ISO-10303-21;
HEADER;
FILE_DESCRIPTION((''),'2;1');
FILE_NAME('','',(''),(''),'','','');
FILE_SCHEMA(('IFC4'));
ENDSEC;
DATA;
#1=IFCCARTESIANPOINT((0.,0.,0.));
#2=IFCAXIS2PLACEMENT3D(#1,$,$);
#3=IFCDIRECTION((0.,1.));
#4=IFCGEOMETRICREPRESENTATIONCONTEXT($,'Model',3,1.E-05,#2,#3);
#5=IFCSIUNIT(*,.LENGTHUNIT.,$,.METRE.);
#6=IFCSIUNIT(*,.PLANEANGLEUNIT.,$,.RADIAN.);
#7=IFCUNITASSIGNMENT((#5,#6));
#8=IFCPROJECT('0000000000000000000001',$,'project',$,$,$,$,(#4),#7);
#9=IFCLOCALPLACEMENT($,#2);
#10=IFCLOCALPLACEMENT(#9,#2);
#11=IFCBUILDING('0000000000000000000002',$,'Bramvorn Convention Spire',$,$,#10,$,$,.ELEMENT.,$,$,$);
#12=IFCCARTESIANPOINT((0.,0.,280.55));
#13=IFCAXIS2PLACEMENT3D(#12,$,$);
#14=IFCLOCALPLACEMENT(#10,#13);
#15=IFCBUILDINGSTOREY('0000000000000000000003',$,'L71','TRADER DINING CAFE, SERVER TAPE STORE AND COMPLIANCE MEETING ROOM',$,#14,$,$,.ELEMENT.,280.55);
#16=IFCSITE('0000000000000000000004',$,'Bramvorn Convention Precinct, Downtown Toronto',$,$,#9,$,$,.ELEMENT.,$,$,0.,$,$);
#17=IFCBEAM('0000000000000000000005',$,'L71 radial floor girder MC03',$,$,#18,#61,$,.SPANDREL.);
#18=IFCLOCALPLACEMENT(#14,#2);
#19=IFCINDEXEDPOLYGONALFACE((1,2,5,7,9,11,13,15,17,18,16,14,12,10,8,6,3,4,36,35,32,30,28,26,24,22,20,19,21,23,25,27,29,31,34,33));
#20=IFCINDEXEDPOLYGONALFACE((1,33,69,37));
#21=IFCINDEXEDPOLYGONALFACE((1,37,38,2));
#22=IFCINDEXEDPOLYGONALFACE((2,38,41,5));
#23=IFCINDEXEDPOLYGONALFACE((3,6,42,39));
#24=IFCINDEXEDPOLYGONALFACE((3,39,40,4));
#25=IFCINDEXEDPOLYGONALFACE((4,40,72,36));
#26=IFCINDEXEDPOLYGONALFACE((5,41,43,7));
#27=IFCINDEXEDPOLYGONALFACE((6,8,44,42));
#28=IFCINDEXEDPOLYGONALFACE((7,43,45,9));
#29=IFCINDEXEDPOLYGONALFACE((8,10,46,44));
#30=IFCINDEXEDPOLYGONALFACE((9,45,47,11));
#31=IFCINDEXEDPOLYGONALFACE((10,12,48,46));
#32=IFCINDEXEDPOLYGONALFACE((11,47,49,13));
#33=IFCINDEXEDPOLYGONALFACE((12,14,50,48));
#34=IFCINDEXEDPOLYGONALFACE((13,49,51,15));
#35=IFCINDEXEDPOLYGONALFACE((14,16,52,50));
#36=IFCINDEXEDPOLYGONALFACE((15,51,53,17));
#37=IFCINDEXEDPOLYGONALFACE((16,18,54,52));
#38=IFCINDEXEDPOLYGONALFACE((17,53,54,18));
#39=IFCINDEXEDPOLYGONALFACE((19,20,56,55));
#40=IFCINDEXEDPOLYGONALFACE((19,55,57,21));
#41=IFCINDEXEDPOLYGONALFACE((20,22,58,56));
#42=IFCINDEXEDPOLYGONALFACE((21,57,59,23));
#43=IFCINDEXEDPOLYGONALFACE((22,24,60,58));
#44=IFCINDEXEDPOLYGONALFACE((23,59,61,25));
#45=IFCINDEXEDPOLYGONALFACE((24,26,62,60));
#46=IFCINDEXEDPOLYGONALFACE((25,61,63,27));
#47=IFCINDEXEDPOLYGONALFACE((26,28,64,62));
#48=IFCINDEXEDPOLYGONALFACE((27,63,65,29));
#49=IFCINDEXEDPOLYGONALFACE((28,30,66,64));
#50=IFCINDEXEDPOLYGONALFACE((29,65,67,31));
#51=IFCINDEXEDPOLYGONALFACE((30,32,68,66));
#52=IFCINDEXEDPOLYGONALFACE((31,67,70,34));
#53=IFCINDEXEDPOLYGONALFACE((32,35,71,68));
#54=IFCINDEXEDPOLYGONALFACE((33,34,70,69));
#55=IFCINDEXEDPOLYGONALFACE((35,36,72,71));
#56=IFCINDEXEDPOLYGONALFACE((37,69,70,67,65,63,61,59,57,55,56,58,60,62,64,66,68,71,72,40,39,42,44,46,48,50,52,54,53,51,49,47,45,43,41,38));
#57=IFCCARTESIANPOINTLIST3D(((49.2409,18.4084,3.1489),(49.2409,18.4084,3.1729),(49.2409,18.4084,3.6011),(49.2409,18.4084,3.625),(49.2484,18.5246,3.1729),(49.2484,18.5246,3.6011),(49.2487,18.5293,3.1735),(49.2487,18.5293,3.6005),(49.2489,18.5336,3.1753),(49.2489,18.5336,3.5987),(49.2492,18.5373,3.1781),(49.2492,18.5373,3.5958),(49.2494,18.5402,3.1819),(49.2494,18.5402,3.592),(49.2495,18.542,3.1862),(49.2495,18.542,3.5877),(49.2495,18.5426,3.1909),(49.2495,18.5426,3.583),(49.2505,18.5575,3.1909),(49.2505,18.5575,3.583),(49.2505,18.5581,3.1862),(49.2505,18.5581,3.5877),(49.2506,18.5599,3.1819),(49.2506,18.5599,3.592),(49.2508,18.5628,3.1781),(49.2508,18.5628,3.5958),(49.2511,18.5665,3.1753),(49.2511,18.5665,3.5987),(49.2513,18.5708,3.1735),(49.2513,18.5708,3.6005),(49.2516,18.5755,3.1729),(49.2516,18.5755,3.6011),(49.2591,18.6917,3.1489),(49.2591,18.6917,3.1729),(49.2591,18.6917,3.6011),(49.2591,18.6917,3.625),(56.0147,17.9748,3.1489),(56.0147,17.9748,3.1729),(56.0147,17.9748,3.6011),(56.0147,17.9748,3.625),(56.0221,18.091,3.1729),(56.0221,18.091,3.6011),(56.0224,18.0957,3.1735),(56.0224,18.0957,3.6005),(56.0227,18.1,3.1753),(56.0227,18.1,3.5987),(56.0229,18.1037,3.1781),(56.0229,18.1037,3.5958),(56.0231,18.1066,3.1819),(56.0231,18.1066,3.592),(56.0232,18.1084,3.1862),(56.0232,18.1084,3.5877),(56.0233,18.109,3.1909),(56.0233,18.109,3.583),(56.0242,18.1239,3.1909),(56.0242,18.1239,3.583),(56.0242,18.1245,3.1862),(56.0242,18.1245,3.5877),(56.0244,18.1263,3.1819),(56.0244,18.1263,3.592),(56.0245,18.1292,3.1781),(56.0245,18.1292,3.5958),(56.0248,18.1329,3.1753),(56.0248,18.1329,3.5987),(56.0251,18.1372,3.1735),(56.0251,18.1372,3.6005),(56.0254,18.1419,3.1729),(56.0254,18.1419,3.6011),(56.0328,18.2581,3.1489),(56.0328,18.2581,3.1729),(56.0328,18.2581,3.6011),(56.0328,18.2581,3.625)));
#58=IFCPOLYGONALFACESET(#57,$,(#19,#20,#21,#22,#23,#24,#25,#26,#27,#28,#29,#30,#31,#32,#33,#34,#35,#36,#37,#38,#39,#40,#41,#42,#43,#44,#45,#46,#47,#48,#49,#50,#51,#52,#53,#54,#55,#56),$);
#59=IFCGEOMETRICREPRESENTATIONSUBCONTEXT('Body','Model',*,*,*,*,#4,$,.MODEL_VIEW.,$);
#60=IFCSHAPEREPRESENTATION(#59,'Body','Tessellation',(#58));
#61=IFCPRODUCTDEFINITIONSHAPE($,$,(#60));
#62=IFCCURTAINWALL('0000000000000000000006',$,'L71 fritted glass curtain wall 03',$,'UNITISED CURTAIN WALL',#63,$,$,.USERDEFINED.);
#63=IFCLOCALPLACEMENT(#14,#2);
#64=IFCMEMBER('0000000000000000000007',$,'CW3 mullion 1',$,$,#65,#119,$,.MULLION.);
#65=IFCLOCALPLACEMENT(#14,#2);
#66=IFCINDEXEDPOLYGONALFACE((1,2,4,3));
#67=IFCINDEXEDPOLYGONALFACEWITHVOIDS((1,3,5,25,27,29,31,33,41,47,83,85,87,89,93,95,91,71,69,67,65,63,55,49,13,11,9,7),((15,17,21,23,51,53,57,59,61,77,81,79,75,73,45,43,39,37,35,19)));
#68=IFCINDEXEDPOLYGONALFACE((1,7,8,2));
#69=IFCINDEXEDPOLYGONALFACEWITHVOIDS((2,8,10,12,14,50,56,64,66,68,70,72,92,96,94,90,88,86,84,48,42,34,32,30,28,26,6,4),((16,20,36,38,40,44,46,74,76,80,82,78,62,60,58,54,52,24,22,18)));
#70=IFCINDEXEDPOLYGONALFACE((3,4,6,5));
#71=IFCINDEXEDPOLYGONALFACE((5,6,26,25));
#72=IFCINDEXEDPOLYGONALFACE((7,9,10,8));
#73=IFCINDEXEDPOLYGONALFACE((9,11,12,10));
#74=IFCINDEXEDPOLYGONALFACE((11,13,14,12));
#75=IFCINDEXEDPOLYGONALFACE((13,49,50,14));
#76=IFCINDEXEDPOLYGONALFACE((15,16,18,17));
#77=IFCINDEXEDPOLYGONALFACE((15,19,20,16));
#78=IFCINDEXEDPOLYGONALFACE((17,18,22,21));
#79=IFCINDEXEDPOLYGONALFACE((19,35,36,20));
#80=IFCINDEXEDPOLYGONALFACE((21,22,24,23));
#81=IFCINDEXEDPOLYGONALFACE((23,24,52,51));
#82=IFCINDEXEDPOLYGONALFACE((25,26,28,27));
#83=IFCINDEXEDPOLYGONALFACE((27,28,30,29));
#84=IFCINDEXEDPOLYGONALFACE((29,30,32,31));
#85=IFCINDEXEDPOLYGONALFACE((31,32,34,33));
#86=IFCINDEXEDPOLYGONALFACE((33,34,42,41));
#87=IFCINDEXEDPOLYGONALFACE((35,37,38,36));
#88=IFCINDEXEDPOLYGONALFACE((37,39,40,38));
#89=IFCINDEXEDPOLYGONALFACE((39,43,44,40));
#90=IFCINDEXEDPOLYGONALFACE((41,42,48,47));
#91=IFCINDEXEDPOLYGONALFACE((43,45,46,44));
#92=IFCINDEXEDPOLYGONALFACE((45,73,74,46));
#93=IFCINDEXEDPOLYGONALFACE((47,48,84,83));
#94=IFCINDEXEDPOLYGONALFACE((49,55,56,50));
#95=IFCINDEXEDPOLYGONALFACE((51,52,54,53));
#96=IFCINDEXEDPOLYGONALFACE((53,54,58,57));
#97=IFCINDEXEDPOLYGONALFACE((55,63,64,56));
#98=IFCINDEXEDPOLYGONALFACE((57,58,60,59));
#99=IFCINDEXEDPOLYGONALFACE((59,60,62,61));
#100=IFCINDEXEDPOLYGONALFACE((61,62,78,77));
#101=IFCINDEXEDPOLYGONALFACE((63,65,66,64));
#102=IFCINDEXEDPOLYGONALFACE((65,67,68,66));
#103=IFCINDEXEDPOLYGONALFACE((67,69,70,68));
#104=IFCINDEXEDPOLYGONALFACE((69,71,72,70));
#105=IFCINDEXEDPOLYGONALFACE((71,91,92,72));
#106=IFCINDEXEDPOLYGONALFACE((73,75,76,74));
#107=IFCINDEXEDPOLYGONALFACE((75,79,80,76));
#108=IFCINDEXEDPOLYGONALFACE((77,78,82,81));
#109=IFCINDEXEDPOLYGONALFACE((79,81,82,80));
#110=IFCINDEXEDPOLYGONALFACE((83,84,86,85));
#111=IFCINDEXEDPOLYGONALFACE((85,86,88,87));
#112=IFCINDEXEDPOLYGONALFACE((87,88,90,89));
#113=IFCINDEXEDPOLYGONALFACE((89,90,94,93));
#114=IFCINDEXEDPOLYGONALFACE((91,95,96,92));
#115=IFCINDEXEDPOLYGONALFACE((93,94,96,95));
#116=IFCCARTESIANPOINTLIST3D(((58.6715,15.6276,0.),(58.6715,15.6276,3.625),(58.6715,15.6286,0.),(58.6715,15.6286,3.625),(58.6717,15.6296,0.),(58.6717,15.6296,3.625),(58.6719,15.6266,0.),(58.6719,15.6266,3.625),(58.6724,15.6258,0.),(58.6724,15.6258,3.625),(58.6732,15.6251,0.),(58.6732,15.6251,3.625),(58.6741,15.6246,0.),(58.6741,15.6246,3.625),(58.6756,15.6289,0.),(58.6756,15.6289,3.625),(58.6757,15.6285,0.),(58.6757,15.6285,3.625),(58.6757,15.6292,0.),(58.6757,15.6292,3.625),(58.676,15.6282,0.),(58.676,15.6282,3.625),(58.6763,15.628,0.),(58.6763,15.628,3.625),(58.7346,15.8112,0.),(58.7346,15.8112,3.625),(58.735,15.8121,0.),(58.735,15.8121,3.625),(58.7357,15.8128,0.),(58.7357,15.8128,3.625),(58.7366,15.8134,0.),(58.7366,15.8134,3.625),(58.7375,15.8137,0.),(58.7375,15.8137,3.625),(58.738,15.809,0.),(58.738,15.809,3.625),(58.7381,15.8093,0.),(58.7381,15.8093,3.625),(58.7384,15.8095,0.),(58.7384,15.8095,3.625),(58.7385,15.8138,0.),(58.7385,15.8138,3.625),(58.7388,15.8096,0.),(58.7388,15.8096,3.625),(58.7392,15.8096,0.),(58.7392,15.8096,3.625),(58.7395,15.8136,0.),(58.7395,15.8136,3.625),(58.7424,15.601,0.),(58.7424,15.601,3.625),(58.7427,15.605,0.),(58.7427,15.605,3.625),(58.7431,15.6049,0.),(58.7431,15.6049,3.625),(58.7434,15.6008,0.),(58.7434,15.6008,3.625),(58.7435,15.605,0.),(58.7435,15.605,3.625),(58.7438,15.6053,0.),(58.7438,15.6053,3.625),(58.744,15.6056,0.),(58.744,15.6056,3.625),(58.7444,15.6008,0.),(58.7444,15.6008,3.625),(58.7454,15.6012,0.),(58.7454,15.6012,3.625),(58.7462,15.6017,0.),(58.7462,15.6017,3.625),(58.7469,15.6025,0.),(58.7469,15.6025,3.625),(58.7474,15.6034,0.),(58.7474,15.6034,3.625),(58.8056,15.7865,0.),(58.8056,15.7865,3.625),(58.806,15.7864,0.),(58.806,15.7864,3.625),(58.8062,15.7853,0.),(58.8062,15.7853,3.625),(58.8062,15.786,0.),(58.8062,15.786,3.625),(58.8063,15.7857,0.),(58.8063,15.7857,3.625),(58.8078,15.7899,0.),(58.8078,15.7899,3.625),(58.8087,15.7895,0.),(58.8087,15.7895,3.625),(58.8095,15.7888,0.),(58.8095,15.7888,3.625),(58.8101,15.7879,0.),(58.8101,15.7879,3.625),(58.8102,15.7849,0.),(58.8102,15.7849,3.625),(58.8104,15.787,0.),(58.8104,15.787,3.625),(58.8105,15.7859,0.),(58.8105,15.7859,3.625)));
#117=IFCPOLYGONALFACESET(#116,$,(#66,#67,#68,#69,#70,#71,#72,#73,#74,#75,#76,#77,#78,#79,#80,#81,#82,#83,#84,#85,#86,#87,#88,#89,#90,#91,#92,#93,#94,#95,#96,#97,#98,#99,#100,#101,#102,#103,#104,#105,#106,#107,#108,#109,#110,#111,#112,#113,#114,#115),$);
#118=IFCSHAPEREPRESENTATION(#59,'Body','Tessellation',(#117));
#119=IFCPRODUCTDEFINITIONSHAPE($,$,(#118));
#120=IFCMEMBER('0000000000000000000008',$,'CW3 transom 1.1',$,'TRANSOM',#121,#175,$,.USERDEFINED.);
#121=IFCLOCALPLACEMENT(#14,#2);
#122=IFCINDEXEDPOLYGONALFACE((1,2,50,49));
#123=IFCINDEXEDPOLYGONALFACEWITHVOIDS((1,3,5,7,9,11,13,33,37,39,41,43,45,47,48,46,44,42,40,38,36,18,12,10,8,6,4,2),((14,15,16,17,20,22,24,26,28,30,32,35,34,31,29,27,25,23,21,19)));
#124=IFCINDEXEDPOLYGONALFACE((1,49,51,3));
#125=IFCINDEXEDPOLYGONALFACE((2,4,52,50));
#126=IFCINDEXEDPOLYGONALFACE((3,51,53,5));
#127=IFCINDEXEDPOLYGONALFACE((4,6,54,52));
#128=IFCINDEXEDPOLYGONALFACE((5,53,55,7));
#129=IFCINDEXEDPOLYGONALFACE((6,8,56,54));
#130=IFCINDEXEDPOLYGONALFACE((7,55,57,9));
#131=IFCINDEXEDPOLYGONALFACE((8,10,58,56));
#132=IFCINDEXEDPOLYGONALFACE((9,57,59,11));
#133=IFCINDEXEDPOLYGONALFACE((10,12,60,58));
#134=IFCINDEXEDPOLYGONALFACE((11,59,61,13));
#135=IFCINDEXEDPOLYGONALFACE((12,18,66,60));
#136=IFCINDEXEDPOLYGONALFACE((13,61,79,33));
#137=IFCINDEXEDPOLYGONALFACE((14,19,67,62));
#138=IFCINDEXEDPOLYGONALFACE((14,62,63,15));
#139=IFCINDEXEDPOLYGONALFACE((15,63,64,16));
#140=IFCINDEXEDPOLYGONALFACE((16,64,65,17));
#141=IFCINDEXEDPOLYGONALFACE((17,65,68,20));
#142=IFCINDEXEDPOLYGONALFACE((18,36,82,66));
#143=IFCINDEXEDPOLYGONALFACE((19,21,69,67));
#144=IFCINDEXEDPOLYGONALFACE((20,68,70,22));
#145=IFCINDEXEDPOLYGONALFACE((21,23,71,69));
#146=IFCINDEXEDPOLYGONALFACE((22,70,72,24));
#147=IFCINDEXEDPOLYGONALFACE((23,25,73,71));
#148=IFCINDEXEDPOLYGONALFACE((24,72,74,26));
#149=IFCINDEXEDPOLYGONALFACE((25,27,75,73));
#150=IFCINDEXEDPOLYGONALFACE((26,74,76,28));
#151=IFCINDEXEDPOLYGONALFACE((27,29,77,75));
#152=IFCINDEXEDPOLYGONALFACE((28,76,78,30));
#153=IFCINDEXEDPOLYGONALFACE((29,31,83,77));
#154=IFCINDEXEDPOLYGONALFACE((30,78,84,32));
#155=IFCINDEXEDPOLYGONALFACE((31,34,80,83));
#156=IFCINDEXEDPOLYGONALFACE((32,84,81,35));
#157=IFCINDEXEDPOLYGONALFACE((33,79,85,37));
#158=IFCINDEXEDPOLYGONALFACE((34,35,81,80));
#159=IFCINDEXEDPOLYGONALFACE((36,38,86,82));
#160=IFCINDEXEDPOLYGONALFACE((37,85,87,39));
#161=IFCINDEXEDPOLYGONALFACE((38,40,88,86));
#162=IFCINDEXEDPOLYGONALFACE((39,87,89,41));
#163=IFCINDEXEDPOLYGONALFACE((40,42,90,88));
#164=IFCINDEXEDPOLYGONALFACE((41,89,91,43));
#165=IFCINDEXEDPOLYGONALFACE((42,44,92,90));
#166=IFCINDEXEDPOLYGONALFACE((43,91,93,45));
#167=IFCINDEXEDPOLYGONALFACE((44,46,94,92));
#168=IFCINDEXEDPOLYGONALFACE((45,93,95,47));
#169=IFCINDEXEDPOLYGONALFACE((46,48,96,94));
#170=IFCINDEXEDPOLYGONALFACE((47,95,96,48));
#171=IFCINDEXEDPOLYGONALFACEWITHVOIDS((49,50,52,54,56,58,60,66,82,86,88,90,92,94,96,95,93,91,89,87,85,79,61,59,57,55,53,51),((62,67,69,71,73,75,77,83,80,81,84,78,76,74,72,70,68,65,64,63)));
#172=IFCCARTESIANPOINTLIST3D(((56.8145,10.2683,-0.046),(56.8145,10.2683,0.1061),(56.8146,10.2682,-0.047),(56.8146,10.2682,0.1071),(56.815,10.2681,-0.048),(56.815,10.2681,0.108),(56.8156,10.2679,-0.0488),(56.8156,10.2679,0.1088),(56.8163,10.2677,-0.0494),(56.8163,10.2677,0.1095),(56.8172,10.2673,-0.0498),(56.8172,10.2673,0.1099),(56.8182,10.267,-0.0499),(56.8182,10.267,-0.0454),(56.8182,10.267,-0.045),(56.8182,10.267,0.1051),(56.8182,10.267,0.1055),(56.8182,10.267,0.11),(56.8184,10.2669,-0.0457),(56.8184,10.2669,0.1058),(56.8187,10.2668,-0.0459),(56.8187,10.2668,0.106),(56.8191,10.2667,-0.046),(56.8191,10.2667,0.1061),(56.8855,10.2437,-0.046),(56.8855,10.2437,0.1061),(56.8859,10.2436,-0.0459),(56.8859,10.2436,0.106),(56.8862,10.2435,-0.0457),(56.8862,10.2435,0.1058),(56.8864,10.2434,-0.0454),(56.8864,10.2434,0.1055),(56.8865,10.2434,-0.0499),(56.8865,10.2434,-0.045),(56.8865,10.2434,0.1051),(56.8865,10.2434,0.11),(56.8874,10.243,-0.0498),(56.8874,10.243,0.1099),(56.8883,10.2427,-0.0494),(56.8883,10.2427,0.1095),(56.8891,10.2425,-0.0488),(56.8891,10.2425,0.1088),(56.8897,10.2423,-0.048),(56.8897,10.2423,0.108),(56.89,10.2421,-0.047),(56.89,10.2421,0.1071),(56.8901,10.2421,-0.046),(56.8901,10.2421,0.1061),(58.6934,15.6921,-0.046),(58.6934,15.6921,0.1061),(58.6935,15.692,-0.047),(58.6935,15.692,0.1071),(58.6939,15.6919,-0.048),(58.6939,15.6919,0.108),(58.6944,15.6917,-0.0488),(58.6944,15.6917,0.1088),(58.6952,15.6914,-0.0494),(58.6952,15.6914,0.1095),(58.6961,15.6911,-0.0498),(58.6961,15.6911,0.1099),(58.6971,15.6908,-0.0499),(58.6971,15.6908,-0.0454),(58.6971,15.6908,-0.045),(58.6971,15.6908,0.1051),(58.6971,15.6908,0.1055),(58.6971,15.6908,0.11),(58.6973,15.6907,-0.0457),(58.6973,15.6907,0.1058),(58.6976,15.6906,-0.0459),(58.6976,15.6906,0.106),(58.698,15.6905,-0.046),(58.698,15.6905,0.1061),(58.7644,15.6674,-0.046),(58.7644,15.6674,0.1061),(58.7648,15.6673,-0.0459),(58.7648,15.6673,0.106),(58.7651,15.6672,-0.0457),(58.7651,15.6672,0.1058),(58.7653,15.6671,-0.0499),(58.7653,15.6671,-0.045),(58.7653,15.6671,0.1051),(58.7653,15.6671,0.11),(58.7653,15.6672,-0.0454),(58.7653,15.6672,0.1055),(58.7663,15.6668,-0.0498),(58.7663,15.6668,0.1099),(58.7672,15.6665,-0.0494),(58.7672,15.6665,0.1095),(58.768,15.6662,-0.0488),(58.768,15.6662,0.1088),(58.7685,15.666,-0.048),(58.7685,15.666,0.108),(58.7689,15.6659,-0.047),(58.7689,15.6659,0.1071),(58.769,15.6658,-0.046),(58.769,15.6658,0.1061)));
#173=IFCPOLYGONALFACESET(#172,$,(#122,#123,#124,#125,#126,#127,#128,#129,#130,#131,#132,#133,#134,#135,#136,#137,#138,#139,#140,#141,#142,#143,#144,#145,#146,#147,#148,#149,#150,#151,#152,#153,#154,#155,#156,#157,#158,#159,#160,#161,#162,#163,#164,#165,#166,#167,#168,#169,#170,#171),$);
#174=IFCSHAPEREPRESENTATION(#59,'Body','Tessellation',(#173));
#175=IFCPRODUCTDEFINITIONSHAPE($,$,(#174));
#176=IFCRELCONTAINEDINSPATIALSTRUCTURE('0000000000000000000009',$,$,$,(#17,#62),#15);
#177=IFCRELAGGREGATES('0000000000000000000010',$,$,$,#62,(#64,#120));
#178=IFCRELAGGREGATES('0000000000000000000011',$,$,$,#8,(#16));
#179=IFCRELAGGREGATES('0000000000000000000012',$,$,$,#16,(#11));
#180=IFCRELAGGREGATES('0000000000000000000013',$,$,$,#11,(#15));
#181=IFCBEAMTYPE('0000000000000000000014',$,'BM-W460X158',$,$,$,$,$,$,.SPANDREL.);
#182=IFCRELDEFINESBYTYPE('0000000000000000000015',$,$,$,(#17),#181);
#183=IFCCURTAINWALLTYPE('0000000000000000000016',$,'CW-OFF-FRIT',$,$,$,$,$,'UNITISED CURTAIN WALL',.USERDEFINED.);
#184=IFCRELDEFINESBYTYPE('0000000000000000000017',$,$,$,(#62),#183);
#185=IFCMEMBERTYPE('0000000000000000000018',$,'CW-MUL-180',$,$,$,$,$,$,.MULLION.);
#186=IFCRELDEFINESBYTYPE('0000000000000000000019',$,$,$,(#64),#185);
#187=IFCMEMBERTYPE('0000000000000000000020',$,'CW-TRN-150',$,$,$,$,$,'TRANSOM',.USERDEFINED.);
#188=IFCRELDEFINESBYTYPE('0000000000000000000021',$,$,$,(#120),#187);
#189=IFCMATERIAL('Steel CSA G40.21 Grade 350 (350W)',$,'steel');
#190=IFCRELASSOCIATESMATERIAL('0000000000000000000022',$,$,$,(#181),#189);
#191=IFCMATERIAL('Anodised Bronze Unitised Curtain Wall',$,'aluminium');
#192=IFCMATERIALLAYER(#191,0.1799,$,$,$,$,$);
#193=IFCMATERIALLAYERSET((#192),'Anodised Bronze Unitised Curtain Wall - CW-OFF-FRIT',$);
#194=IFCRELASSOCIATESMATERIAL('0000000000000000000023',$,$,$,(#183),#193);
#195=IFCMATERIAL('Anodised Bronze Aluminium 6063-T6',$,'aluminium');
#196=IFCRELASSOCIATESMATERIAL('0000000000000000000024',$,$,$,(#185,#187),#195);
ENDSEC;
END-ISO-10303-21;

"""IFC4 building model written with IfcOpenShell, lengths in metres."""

from ifc_helpers import new_model, si_unit, direction, frame, origin, origin_2d, place, context, subcontext, project, spatial, hollow_rectangle, i_section, extrude, material, layer, layer_set, material_profile, profile_set, type_object, element, aggregate, save


model = new_model("IFC4")

# Units and contexts
model_context = context("Model", 3, precision=1e-05, world=origin(), true_north=direction((0.0, 1.0)))
body_context = subcontext(model_context, "Body", "Model", "MODEL_VIEW")
ifc_project = project(units=[si_unit("LENGTHUNIT", "METRE"), si_unit("PLANEANGLEUNIT", "RADIAN")], contexts=[model_context])

# Site, building, storey
site_placement = place(None, origin())
site = spatial("IfcSite", under=ifc_project, at=site_placement, Name="Bramvorn Convention Precinct, Downtown Toronto", CompositionType="ELEMENT", RefElevation=0.0)
building_placement = place(site_placement, origin())
building = spatial("IfcBuilding", under=site, at=building_placement, Name="Bramvorn Convention Spire", CompositionType="ELEMENT")
storey_placement = place(building_placement, frame((0.0, 0.0, 280.55)))
storey = spatial("IfcBuildingStorey", under=building, at=storey_placement, Name="L71", Description="TRADER DINING CAFE, SERVER TAPE STORE AND COMPLIANCE MEETING ROOM", CompositionType="ELEMENT", Elevation=280.55)

# Shared definitions
ifc_material_1 = material(Name="Steel CSA G40.21 Grade 350 (350W)", Category="steel")

# Beam
ifc_material_profile_1 = material_profile(ifc_material_1, i_section(OverallWidth=0.2839, OverallDepth=0.4761, WebThickness=0.0149, FlangeThickness=0.0239, FilletRadius=0.0181, at=origin_2d()))
ifc_profile_set_1 = profile_set([ifc_material_profile_1], Name="Steel CSA G40.21 Grade 350 (350W) - W460X158")
beam_type_1 = type_object("IfcBeamType", Name="BM-W460X158", PredefinedType="SPANDREL", material=ifc_profile_set_1)
beam_1_placement = place(storey_placement, frame((49.25, 18.55, 3.387), z_axis=(0.997958, -0.063881, 0.0), x_axis=(0.063881, 0.997958, 0.0)))
element("IfcBeam", 1, at=beam_1_placement, inside=storey, type_object=beam_type_1, Name="L71 radial floor girder MC03", PredefinedType="SPANDREL", context=body_context, shape_type="SweptSolid", body=[
    extrude(i_section(OverallWidth=0.2839, OverallDepth=0.4761, WebThickness=0.0149, FlangeThickness=0.0239, FilletRadius=0.0181, at=origin_2d()), origin(), (0.0, 0.0, 1.0), 6.7876),
])

# Curtain wall, members
ifc_material_2 = material(Name="Anodised Bronze Unitised Curtain Wall", Category="aluminium")
ifc_layer_1 = layer(ifc_material_2, 0.1799)
ifc_layer_set_1 = layer_set([ifc_layer_1], Name="Anodised Bronze Unitised Curtain Wall - CW-OFF-FRIT")
curtain_wall_type = type_object("IfcCurtainWallType", Name="CW-OFF-FRIT", ElementType="UNITISED CURTAIN WALL", PredefinedType="USERDEFINED", material=ifc_layer_set_1)
curtain_wall_placement = place(storey_placement, origin())
curtain_wall = element("IfcCurtainWall", 2, at=curtain_wall_placement, inside=storey, type_object=curtain_wall_type, Name="L71 fritted glass curtain wall 03", ObjectType="UNITISED CURTAIN WALL", PredefinedType="USERDEFINED")
ifc_material_3 = material(Name="Anodised Bronze Aluminium 6063-T6", Category="aluminium")
ifc_material_profile_2 = material_profile(ifc_material_3, hollow_rectangle(XDim=0.0801, YDim=0.2, WallThickness=0.0039, InnerFilletRadius=0.001, OuterFilletRadius=0.0039, at=origin_2d()))
ifc_profile_set_2 = profile_set([ifc_material_profile_2], Name="Anodised Bronze Aluminium 6063-T6 - CWM80X200")
member_type_1 = type_object("IfcMemberType", Name="CW-MUL-180", PredefinedType="MULLION", material=ifc_profile_set_2)
member_1_placement = place(storey_placement, frame((58.741, 15.7073, 0.0), z_axis=(0.0, 0.0, 1.0), x_axis=(0.944913, -0.32732, 0.0)))
member_1 = element("IfcMember", 3, at=member_1_placement, type_object=member_type_1, Name="CW3 mullion 1", PredefinedType="MULLION", context=body_context, shape_type="SweptSolid", body=[
    extrude(hollow_rectangle(XDim=0.0801, YDim=0.2, WallThickness=0.0039, InnerFilletRadius=0.001, OuterFilletRadius=0.0039, at=origin_2d()), origin(), (0.0, 0.0, 1.0), 3.625),
])
ifc_material_profile_3 = material_profile(ifc_material_3, hollow_rectangle(XDim=0.0801, YDim=0.1599, WallThickness=0.0039, InnerFilletRadius=0.001, OuterFilletRadius=0.0039, at=origin_2d()))
ifc_profile_set_3 = profile_set([ifc_material_profile_3], Name="Anodised Bronze Aluminium 6063-T6 - CWT80X160")
member_type_2 = type_object("IfcMemberType", Name="CW-TRN-150", ElementType="TRANSOM", PredefinedType="USERDEFINED", material=ifc_profile_set_3)
member_2_placement = place(storey_placement, frame((58.7312, 15.679, 0.03), z_axis=(-0.327333, -0.944909, 0.0), x_axis=(0.944909, -0.327333, 0.0)))
member_2 = element("IfcMember", 4, at=member_2_placement, type_object=member_type_2, Name="CW3 transom 1.1", ObjectType="TRANSOM", PredefinedType="USERDEFINED", context=body_context, shape_type="SweptSolid", body=[
    extrude(hollow_rectangle(XDim=0.0801, YDim=0.1599, WallThickness=0.0039, InnerFilletRadius=0.001, OuterFilletRadius=0.0039, at=origin_2d()), origin(), (0.0, 0.0, 1.0), 5.74),
])
aggregate(curtain_wall, [member_1, member_2])

save(model, "model.ifc")
